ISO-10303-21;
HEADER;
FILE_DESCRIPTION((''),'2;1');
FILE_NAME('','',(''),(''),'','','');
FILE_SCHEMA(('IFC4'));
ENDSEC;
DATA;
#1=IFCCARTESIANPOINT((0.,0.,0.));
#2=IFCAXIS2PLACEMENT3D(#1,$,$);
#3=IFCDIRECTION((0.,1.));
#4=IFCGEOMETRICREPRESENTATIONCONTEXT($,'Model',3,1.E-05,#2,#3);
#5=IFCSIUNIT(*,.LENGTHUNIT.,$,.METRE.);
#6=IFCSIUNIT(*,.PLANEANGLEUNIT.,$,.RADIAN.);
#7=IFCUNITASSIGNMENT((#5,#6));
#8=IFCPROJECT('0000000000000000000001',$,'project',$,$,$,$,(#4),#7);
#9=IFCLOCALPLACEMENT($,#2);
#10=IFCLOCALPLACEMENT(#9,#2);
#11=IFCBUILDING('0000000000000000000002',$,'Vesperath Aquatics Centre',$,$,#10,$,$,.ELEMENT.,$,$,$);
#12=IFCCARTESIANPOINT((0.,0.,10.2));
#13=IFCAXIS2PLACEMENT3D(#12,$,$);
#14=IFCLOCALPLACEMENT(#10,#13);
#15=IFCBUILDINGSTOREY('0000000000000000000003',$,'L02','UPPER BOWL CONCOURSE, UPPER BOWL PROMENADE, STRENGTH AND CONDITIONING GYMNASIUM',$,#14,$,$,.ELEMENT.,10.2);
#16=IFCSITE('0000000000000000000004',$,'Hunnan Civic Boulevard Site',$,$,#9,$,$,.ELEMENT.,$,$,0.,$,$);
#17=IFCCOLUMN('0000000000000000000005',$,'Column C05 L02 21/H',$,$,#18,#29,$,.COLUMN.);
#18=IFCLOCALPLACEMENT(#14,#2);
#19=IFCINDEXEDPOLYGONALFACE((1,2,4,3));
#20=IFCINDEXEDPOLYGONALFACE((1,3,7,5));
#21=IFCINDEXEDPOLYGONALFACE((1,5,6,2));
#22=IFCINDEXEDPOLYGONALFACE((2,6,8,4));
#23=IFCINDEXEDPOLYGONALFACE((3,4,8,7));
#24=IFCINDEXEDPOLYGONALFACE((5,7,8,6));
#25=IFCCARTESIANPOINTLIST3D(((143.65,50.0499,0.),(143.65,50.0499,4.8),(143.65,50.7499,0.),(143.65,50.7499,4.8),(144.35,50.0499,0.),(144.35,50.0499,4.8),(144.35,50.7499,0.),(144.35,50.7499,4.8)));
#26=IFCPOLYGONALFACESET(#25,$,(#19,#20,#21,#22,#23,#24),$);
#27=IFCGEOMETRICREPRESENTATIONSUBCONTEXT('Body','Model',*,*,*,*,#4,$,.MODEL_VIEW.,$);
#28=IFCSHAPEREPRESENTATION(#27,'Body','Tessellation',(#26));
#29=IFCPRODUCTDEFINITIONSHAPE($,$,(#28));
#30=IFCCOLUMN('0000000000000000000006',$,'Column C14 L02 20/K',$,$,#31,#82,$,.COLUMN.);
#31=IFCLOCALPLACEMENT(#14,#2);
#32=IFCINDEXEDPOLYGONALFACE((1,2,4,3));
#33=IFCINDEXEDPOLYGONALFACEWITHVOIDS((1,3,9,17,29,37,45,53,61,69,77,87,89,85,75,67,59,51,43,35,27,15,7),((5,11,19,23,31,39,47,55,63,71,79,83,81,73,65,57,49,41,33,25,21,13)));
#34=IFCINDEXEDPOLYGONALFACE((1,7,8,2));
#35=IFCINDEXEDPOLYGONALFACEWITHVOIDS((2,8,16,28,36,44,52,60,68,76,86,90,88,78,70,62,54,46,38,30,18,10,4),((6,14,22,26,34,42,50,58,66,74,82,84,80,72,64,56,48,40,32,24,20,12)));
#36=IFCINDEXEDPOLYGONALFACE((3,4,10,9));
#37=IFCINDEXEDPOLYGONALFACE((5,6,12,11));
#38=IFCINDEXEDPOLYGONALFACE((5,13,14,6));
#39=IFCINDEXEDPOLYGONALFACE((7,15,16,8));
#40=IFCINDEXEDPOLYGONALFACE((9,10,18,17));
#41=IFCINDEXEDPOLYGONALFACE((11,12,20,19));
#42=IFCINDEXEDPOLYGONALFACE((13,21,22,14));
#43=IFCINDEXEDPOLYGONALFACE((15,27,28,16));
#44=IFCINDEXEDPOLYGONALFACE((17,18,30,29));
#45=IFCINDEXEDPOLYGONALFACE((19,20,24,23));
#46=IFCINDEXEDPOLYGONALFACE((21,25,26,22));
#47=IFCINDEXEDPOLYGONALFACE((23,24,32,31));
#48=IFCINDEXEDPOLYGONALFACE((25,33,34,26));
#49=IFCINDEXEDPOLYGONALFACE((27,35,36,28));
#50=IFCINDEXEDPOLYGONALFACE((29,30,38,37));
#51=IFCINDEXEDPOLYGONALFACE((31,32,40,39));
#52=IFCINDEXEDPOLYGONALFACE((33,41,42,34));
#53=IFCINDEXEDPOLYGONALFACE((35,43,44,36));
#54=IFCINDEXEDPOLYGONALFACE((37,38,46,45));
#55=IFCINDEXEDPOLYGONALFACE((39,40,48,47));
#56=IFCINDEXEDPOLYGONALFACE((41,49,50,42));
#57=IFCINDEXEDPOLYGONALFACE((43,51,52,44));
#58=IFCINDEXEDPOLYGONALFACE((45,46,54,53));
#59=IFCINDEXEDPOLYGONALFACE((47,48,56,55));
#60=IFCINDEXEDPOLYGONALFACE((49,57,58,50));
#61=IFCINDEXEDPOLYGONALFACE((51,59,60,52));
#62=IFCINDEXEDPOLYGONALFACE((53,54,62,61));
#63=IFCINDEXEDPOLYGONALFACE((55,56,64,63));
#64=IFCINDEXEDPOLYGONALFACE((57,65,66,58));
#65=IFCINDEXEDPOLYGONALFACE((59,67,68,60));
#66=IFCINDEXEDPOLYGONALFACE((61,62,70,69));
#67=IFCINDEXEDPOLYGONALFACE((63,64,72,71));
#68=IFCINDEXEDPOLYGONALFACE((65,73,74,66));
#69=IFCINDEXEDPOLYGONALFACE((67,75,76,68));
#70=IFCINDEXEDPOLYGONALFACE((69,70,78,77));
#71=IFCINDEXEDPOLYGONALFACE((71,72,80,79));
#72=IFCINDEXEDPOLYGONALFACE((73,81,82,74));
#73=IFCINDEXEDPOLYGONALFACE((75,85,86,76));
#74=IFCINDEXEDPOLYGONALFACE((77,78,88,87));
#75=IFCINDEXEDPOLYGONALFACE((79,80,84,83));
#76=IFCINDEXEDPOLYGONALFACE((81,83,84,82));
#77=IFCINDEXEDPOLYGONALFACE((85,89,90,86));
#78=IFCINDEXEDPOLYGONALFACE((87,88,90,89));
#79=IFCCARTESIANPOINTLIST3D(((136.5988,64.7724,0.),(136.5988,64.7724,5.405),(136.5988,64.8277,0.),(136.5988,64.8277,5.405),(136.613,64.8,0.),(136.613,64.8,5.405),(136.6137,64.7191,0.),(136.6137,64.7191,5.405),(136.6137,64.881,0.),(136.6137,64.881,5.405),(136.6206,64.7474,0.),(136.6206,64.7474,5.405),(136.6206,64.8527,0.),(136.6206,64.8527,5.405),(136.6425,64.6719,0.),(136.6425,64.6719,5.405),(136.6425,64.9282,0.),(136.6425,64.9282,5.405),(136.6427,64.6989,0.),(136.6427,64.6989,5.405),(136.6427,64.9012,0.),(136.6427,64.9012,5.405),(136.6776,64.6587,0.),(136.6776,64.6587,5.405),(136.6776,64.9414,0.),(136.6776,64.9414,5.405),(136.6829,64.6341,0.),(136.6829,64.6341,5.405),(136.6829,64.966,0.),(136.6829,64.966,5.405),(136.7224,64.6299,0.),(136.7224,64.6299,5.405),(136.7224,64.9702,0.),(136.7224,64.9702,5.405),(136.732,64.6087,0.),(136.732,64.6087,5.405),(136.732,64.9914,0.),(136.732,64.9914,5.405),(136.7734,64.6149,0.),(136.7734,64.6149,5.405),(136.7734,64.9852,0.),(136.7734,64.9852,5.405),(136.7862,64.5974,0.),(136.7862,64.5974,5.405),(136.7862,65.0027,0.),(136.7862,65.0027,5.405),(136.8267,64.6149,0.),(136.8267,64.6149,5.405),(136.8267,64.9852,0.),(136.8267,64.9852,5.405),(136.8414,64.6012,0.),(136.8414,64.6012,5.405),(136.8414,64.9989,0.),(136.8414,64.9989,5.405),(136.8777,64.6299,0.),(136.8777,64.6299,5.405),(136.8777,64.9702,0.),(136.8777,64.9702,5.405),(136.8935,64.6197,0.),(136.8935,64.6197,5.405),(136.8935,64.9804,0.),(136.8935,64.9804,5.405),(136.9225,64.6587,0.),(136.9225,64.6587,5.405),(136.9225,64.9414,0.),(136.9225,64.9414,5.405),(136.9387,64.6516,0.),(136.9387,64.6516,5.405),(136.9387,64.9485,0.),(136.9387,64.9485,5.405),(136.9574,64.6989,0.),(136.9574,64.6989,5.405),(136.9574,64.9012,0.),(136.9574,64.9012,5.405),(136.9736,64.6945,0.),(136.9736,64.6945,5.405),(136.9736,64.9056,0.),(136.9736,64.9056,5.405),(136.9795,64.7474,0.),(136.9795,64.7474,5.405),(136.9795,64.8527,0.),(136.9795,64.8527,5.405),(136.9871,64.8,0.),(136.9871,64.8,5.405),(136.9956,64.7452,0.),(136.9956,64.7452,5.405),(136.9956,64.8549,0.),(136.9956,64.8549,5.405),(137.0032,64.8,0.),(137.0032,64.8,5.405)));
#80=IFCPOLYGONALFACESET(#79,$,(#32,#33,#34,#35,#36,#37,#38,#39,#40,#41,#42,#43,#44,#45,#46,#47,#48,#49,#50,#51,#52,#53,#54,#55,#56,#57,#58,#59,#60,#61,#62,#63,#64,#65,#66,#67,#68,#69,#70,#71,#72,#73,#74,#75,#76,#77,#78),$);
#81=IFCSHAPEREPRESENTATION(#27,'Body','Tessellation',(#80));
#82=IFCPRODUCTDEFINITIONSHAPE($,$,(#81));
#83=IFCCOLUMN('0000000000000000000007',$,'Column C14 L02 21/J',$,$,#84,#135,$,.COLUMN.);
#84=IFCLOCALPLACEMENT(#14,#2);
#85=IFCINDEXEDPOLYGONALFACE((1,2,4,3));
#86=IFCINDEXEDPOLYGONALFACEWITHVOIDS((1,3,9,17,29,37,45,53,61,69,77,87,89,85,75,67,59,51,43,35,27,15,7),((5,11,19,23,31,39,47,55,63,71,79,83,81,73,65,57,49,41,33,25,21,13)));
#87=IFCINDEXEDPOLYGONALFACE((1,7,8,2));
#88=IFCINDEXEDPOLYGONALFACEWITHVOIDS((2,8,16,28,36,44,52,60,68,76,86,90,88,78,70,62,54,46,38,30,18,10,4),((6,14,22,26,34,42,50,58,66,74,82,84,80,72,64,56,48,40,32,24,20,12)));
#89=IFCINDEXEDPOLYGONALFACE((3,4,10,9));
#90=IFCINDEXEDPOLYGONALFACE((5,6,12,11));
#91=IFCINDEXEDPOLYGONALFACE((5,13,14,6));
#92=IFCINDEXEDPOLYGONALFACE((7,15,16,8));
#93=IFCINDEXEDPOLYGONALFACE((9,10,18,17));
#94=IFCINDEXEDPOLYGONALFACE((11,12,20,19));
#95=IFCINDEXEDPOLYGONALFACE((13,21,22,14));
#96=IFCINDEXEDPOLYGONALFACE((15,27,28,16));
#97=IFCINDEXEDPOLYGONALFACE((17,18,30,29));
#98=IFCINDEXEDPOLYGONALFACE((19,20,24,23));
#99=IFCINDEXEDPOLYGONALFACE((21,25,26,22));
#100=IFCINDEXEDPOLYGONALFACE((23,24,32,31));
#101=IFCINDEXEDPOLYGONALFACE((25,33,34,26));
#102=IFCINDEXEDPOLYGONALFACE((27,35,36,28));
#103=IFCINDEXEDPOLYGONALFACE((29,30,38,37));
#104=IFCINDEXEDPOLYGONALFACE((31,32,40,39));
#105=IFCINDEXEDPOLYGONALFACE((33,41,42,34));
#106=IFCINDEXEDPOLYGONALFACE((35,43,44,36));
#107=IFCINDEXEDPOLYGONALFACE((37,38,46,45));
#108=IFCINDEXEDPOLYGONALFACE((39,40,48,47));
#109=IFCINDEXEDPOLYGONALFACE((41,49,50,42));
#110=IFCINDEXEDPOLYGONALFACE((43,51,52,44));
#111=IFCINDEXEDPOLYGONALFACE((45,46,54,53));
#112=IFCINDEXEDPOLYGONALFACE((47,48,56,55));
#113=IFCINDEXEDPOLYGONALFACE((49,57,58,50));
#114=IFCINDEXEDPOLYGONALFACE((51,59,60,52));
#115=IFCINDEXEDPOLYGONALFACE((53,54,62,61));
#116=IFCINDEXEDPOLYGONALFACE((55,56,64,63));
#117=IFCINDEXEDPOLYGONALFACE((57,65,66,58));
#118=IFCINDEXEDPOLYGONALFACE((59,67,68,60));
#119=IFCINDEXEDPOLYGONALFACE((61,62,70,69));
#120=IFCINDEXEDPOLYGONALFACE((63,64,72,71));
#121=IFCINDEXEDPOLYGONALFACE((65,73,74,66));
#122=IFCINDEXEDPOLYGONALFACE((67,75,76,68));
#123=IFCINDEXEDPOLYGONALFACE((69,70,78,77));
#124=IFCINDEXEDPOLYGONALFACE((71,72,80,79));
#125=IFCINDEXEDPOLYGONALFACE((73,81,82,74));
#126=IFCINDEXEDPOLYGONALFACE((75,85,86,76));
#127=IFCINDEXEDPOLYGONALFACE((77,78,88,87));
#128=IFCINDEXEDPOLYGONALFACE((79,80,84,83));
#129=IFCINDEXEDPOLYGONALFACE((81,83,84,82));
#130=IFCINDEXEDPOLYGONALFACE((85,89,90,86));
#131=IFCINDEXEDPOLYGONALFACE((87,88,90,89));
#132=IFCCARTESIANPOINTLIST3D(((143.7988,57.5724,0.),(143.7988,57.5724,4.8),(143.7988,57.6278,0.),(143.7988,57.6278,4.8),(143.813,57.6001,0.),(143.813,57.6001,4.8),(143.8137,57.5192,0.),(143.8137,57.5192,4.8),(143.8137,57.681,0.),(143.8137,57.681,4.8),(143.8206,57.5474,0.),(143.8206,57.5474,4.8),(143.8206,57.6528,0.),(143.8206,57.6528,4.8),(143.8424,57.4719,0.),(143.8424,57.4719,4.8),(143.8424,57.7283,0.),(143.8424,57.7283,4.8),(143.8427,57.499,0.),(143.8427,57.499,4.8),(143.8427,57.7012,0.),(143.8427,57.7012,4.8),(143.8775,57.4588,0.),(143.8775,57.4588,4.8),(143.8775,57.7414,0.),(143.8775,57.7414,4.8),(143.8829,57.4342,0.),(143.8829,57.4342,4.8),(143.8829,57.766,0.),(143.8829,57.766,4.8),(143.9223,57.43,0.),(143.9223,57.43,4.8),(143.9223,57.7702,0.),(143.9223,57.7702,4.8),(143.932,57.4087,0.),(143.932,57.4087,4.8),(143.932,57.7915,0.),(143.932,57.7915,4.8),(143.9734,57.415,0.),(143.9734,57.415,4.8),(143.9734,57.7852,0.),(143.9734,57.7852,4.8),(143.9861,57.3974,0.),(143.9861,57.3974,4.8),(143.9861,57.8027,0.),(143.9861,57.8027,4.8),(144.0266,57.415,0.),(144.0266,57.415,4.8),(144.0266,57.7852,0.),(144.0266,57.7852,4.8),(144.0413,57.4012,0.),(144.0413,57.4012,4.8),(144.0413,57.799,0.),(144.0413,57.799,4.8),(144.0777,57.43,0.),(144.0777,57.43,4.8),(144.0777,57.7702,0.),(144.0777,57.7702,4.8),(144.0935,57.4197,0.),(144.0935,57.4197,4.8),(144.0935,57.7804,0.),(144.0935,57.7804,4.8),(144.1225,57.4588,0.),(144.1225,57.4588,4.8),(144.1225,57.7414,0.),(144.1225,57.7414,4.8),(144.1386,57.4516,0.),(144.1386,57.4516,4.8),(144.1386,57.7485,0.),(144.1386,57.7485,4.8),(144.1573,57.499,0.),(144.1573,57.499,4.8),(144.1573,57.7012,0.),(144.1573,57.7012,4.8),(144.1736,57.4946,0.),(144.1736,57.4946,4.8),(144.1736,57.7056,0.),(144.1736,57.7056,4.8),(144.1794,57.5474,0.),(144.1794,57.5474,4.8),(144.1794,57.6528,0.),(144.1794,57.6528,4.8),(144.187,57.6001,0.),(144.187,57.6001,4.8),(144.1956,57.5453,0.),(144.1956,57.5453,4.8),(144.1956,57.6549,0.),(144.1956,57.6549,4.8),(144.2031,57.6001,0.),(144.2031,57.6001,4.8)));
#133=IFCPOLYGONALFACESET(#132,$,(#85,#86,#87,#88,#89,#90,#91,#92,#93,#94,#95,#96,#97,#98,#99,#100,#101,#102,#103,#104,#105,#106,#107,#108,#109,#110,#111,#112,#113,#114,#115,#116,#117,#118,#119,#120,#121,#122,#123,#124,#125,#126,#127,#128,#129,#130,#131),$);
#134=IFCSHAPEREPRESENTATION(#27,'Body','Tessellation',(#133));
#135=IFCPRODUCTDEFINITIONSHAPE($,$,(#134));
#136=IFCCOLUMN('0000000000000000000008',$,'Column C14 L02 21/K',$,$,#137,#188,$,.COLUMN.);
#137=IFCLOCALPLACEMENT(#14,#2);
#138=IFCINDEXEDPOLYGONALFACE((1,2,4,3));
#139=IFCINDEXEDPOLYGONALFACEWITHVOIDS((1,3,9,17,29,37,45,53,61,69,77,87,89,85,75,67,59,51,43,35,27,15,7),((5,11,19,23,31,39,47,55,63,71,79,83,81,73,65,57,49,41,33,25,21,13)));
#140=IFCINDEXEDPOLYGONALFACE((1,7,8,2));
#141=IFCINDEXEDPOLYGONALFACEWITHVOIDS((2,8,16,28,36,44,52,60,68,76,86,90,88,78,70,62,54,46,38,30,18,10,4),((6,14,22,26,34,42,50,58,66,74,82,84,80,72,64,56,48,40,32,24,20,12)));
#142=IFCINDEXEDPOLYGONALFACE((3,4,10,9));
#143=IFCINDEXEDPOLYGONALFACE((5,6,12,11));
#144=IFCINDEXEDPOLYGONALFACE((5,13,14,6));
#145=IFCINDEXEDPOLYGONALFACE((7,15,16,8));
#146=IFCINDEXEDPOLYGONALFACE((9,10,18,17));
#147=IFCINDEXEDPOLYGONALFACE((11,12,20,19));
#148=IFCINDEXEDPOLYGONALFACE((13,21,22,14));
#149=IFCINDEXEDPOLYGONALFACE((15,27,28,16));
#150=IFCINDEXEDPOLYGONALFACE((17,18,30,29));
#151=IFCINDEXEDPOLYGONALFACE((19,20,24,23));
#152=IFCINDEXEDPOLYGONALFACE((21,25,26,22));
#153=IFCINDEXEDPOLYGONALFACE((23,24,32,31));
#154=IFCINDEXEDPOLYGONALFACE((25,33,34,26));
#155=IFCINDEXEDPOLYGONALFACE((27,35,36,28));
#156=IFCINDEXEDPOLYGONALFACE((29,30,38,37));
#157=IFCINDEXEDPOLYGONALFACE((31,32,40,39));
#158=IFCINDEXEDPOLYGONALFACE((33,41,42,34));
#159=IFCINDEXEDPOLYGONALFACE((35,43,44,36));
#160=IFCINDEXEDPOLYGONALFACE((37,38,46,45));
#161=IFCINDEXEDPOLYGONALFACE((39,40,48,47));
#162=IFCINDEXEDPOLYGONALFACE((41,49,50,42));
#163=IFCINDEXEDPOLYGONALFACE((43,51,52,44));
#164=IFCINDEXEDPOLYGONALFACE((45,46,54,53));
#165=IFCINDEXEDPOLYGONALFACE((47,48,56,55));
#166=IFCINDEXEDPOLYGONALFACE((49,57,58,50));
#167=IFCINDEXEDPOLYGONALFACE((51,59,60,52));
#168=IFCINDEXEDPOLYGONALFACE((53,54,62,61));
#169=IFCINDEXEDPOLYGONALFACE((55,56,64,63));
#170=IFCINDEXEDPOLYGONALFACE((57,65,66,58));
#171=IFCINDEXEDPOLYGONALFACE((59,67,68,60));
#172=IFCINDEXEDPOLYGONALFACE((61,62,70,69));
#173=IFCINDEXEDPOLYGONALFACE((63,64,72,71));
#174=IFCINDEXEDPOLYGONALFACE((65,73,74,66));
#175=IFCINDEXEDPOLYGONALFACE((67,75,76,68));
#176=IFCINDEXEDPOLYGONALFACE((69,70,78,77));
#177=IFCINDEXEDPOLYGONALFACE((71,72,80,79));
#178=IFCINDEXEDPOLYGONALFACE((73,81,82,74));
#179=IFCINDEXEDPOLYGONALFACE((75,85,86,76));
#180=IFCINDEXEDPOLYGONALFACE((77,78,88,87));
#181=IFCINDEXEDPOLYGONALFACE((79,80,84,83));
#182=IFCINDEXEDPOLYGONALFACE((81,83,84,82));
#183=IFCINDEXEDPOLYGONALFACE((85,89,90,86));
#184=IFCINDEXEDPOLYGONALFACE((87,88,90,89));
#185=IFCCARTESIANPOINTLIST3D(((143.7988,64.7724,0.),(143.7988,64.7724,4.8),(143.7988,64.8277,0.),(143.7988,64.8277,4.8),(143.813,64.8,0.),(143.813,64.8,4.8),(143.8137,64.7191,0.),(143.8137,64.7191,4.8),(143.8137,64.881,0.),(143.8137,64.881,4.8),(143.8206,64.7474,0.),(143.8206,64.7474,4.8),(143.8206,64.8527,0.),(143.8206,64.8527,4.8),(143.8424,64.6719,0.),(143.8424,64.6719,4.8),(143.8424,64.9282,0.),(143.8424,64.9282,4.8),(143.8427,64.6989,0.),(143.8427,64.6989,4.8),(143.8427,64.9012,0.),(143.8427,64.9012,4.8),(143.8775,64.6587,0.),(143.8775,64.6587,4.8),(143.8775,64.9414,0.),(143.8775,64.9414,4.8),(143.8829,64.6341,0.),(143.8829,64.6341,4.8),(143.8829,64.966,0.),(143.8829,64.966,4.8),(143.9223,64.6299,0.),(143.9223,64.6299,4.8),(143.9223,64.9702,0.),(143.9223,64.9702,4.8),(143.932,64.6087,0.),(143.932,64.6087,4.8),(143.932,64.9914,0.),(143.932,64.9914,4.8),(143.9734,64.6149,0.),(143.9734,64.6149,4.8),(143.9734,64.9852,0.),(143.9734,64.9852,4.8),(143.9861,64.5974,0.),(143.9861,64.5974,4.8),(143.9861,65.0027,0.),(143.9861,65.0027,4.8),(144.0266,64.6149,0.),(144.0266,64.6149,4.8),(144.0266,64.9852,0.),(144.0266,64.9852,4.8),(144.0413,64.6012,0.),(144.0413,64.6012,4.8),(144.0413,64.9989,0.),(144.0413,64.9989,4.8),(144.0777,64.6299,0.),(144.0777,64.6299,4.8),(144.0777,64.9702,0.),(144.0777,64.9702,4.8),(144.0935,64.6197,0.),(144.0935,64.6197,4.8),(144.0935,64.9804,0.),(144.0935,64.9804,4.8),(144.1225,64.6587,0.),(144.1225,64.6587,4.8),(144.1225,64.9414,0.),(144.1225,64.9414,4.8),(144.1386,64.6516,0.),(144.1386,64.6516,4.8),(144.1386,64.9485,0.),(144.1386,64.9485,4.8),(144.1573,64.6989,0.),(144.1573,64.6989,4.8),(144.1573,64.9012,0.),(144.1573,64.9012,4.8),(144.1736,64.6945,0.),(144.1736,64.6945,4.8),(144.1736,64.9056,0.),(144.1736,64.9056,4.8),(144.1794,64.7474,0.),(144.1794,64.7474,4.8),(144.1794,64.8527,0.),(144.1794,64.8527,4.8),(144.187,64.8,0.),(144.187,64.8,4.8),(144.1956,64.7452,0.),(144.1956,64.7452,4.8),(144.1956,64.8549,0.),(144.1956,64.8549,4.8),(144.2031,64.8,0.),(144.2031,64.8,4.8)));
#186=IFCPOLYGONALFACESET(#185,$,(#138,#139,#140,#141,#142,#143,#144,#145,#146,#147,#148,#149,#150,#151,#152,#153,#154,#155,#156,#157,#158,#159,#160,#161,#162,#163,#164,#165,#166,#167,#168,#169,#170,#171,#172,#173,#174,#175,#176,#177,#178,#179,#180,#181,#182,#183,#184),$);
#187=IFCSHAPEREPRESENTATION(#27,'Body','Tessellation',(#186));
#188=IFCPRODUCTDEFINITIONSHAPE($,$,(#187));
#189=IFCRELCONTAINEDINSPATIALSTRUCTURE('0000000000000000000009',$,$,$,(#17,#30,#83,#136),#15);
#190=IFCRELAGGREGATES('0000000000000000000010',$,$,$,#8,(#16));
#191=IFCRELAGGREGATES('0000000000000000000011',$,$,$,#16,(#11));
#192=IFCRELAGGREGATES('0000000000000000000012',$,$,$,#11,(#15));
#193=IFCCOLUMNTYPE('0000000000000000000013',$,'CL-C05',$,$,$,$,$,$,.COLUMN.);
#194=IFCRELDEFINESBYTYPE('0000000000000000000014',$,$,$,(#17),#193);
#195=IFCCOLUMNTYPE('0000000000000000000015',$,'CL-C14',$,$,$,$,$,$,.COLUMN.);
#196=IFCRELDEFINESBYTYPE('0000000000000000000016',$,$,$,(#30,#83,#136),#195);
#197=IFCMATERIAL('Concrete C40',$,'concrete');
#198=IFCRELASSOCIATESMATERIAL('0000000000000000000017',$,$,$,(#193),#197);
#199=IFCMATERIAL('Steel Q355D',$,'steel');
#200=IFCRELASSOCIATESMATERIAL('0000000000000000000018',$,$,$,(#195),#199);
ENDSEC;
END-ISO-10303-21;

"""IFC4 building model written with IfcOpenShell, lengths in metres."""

from ifc_helpers import new_model, si_unit, direction, frame, origin, origin_2d, place, context, subcontext, project, spatial, rectangle, hollow_circle, extrude, material, material_profile, profile_set, type_object, element, save


model = new_model("IFC4")

# Units and contexts
model_context = context("Model", 3, precision=1e-05, world=origin(), true_north=direction((0.0, 1.0)))
body_context = subcontext(model_context, "Body", "Model", "MODEL_VIEW")
ifc_project = project(units=[si_unit("LENGTHUNIT", "METRE"), si_unit("PLANEANGLEUNIT", "RADIAN")], contexts=[model_context])

# Site, building, storey
site_placement = place(None, origin())
site = spatial("IfcSite", under=ifc_project, at=site_placement, Name="Hunnan Civic Boulevard Site", CompositionType="ELEMENT", RefElevation=0.0)
building_placement = place(site_placement, origin())
building = spatial("IfcBuilding", under=site, at=building_placement, Name="Vesperath Aquatics Centre", CompositionType="ELEMENT")
storey_placement = place(building_placement, frame((0.0, 0.0, 10.2)))
storey = spatial("IfcBuildingStorey", under=building, at=storey_placement, Name="L02", Description="UPPER BOWL CONCOURSE, UPPER BOWL PROMENADE, STRENGTH AND CONDITIONING GYMNASIUM", CompositionType="ELEMENT", Elevation=10.2)

# Columns
ifc_material_1 = material(Name="Concrete C40", Category="concrete")
ifc_material_profile_1 = material_profile(ifc_material_1, rectangle(XDim=0.7, YDim=0.7, at=origin_2d()), Name="RC 700x700")
ifc_profile_set_1 = profile_set([ifc_material_profile_1], Name="Concrete C40")
column_type_1 = type_object("IfcColumnType", Name="CL-C05", PredefinedType="COLUMN", material=ifc_profile_set_1)
column_1_placement = place(storey_placement, frame((144.0, 50.3999, 0.0), z_axis=(0.0, 0.0, 1.0), x_axis=(1.0, 0.0, 0.0)))
element("IfcColumn", 1, at=column_1_placement, inside=storey, type_object=column_type_1, Name="Column C05 L02 21/H", PredefinedType="COLUMN", context=body_context, shape_type="SweptSolid", body=[
    extrude(rectangle(XDim=0.7, YDim=0.7, at=origin_2d()), origin(), (0.0, 0.0, 1.0), 4.8),
])
ifc_material_2 = material(Name="Steel Q355D", Category="steel")
ifc_material_profile_2 = material_profile(ifc_material_2, hollow_circle(Radius=0.2031, WallThickness=0.0161, at=origin_2d()), Name="CHS 406.4x16")
ifc_profile_set_2 = profile_set([ifc_material_profile_2], Name="Steel Q355D")
column_type_2 = type_object("IfcColumnType", Name="CL-C14", PredefinedType="COLUMN", material=ifc_profile_set_2)
column_2_placement = place(storey_placement, frame((136.8, 64.8, 0.0), z_axis=(0.0, 0.0, 1.0), x_axis=(1.0, 0.0, 0.0)))
element("IfcColumn", 2, at=column_2_placement, inside=storey, type_object=column_type_2, Name="Column C14 L02 20/K", PredefinedType="COLUMN", context=body_context, shape_type="SweptSolid", body=[
    extrude(hollow_circle(Radius=0.2031, WallThickness=0.0161, at=origin_2d()), origin(), (0.0, 0.0, 1.0), 5.405),
])
for number, where, z_axis, x_axis, name in (
    (3, (144.0, 57.6001, 0.0), (0.0, 0.0, 1.0), (1.0, 0.0, 0.0), "Column C14 L02 21/J"),
    (4, (144.0, 64.8, 0.0), (0.0, 0.0, 1.0), (1.0, 0.0, 0.0), "Column C14 L02 21/K"),
):
    element("IfcColumn", number, at=place(storey_placement, frame(where, z_axis=z_axis, x_axis=x_axis)), inside=storey, type_object=column_type_2, Name=name, PredefinedType="COLUMN", context=body_context, shape_type="SweptSolid", body=[
        extrude(hollow_circle(Radius=0.2031, WallThickness=0.0161, at=origin_2d()), origin(), (0.0, 0.0, 1.0), 4.8),
    ])

save(model, "model.ifc")
